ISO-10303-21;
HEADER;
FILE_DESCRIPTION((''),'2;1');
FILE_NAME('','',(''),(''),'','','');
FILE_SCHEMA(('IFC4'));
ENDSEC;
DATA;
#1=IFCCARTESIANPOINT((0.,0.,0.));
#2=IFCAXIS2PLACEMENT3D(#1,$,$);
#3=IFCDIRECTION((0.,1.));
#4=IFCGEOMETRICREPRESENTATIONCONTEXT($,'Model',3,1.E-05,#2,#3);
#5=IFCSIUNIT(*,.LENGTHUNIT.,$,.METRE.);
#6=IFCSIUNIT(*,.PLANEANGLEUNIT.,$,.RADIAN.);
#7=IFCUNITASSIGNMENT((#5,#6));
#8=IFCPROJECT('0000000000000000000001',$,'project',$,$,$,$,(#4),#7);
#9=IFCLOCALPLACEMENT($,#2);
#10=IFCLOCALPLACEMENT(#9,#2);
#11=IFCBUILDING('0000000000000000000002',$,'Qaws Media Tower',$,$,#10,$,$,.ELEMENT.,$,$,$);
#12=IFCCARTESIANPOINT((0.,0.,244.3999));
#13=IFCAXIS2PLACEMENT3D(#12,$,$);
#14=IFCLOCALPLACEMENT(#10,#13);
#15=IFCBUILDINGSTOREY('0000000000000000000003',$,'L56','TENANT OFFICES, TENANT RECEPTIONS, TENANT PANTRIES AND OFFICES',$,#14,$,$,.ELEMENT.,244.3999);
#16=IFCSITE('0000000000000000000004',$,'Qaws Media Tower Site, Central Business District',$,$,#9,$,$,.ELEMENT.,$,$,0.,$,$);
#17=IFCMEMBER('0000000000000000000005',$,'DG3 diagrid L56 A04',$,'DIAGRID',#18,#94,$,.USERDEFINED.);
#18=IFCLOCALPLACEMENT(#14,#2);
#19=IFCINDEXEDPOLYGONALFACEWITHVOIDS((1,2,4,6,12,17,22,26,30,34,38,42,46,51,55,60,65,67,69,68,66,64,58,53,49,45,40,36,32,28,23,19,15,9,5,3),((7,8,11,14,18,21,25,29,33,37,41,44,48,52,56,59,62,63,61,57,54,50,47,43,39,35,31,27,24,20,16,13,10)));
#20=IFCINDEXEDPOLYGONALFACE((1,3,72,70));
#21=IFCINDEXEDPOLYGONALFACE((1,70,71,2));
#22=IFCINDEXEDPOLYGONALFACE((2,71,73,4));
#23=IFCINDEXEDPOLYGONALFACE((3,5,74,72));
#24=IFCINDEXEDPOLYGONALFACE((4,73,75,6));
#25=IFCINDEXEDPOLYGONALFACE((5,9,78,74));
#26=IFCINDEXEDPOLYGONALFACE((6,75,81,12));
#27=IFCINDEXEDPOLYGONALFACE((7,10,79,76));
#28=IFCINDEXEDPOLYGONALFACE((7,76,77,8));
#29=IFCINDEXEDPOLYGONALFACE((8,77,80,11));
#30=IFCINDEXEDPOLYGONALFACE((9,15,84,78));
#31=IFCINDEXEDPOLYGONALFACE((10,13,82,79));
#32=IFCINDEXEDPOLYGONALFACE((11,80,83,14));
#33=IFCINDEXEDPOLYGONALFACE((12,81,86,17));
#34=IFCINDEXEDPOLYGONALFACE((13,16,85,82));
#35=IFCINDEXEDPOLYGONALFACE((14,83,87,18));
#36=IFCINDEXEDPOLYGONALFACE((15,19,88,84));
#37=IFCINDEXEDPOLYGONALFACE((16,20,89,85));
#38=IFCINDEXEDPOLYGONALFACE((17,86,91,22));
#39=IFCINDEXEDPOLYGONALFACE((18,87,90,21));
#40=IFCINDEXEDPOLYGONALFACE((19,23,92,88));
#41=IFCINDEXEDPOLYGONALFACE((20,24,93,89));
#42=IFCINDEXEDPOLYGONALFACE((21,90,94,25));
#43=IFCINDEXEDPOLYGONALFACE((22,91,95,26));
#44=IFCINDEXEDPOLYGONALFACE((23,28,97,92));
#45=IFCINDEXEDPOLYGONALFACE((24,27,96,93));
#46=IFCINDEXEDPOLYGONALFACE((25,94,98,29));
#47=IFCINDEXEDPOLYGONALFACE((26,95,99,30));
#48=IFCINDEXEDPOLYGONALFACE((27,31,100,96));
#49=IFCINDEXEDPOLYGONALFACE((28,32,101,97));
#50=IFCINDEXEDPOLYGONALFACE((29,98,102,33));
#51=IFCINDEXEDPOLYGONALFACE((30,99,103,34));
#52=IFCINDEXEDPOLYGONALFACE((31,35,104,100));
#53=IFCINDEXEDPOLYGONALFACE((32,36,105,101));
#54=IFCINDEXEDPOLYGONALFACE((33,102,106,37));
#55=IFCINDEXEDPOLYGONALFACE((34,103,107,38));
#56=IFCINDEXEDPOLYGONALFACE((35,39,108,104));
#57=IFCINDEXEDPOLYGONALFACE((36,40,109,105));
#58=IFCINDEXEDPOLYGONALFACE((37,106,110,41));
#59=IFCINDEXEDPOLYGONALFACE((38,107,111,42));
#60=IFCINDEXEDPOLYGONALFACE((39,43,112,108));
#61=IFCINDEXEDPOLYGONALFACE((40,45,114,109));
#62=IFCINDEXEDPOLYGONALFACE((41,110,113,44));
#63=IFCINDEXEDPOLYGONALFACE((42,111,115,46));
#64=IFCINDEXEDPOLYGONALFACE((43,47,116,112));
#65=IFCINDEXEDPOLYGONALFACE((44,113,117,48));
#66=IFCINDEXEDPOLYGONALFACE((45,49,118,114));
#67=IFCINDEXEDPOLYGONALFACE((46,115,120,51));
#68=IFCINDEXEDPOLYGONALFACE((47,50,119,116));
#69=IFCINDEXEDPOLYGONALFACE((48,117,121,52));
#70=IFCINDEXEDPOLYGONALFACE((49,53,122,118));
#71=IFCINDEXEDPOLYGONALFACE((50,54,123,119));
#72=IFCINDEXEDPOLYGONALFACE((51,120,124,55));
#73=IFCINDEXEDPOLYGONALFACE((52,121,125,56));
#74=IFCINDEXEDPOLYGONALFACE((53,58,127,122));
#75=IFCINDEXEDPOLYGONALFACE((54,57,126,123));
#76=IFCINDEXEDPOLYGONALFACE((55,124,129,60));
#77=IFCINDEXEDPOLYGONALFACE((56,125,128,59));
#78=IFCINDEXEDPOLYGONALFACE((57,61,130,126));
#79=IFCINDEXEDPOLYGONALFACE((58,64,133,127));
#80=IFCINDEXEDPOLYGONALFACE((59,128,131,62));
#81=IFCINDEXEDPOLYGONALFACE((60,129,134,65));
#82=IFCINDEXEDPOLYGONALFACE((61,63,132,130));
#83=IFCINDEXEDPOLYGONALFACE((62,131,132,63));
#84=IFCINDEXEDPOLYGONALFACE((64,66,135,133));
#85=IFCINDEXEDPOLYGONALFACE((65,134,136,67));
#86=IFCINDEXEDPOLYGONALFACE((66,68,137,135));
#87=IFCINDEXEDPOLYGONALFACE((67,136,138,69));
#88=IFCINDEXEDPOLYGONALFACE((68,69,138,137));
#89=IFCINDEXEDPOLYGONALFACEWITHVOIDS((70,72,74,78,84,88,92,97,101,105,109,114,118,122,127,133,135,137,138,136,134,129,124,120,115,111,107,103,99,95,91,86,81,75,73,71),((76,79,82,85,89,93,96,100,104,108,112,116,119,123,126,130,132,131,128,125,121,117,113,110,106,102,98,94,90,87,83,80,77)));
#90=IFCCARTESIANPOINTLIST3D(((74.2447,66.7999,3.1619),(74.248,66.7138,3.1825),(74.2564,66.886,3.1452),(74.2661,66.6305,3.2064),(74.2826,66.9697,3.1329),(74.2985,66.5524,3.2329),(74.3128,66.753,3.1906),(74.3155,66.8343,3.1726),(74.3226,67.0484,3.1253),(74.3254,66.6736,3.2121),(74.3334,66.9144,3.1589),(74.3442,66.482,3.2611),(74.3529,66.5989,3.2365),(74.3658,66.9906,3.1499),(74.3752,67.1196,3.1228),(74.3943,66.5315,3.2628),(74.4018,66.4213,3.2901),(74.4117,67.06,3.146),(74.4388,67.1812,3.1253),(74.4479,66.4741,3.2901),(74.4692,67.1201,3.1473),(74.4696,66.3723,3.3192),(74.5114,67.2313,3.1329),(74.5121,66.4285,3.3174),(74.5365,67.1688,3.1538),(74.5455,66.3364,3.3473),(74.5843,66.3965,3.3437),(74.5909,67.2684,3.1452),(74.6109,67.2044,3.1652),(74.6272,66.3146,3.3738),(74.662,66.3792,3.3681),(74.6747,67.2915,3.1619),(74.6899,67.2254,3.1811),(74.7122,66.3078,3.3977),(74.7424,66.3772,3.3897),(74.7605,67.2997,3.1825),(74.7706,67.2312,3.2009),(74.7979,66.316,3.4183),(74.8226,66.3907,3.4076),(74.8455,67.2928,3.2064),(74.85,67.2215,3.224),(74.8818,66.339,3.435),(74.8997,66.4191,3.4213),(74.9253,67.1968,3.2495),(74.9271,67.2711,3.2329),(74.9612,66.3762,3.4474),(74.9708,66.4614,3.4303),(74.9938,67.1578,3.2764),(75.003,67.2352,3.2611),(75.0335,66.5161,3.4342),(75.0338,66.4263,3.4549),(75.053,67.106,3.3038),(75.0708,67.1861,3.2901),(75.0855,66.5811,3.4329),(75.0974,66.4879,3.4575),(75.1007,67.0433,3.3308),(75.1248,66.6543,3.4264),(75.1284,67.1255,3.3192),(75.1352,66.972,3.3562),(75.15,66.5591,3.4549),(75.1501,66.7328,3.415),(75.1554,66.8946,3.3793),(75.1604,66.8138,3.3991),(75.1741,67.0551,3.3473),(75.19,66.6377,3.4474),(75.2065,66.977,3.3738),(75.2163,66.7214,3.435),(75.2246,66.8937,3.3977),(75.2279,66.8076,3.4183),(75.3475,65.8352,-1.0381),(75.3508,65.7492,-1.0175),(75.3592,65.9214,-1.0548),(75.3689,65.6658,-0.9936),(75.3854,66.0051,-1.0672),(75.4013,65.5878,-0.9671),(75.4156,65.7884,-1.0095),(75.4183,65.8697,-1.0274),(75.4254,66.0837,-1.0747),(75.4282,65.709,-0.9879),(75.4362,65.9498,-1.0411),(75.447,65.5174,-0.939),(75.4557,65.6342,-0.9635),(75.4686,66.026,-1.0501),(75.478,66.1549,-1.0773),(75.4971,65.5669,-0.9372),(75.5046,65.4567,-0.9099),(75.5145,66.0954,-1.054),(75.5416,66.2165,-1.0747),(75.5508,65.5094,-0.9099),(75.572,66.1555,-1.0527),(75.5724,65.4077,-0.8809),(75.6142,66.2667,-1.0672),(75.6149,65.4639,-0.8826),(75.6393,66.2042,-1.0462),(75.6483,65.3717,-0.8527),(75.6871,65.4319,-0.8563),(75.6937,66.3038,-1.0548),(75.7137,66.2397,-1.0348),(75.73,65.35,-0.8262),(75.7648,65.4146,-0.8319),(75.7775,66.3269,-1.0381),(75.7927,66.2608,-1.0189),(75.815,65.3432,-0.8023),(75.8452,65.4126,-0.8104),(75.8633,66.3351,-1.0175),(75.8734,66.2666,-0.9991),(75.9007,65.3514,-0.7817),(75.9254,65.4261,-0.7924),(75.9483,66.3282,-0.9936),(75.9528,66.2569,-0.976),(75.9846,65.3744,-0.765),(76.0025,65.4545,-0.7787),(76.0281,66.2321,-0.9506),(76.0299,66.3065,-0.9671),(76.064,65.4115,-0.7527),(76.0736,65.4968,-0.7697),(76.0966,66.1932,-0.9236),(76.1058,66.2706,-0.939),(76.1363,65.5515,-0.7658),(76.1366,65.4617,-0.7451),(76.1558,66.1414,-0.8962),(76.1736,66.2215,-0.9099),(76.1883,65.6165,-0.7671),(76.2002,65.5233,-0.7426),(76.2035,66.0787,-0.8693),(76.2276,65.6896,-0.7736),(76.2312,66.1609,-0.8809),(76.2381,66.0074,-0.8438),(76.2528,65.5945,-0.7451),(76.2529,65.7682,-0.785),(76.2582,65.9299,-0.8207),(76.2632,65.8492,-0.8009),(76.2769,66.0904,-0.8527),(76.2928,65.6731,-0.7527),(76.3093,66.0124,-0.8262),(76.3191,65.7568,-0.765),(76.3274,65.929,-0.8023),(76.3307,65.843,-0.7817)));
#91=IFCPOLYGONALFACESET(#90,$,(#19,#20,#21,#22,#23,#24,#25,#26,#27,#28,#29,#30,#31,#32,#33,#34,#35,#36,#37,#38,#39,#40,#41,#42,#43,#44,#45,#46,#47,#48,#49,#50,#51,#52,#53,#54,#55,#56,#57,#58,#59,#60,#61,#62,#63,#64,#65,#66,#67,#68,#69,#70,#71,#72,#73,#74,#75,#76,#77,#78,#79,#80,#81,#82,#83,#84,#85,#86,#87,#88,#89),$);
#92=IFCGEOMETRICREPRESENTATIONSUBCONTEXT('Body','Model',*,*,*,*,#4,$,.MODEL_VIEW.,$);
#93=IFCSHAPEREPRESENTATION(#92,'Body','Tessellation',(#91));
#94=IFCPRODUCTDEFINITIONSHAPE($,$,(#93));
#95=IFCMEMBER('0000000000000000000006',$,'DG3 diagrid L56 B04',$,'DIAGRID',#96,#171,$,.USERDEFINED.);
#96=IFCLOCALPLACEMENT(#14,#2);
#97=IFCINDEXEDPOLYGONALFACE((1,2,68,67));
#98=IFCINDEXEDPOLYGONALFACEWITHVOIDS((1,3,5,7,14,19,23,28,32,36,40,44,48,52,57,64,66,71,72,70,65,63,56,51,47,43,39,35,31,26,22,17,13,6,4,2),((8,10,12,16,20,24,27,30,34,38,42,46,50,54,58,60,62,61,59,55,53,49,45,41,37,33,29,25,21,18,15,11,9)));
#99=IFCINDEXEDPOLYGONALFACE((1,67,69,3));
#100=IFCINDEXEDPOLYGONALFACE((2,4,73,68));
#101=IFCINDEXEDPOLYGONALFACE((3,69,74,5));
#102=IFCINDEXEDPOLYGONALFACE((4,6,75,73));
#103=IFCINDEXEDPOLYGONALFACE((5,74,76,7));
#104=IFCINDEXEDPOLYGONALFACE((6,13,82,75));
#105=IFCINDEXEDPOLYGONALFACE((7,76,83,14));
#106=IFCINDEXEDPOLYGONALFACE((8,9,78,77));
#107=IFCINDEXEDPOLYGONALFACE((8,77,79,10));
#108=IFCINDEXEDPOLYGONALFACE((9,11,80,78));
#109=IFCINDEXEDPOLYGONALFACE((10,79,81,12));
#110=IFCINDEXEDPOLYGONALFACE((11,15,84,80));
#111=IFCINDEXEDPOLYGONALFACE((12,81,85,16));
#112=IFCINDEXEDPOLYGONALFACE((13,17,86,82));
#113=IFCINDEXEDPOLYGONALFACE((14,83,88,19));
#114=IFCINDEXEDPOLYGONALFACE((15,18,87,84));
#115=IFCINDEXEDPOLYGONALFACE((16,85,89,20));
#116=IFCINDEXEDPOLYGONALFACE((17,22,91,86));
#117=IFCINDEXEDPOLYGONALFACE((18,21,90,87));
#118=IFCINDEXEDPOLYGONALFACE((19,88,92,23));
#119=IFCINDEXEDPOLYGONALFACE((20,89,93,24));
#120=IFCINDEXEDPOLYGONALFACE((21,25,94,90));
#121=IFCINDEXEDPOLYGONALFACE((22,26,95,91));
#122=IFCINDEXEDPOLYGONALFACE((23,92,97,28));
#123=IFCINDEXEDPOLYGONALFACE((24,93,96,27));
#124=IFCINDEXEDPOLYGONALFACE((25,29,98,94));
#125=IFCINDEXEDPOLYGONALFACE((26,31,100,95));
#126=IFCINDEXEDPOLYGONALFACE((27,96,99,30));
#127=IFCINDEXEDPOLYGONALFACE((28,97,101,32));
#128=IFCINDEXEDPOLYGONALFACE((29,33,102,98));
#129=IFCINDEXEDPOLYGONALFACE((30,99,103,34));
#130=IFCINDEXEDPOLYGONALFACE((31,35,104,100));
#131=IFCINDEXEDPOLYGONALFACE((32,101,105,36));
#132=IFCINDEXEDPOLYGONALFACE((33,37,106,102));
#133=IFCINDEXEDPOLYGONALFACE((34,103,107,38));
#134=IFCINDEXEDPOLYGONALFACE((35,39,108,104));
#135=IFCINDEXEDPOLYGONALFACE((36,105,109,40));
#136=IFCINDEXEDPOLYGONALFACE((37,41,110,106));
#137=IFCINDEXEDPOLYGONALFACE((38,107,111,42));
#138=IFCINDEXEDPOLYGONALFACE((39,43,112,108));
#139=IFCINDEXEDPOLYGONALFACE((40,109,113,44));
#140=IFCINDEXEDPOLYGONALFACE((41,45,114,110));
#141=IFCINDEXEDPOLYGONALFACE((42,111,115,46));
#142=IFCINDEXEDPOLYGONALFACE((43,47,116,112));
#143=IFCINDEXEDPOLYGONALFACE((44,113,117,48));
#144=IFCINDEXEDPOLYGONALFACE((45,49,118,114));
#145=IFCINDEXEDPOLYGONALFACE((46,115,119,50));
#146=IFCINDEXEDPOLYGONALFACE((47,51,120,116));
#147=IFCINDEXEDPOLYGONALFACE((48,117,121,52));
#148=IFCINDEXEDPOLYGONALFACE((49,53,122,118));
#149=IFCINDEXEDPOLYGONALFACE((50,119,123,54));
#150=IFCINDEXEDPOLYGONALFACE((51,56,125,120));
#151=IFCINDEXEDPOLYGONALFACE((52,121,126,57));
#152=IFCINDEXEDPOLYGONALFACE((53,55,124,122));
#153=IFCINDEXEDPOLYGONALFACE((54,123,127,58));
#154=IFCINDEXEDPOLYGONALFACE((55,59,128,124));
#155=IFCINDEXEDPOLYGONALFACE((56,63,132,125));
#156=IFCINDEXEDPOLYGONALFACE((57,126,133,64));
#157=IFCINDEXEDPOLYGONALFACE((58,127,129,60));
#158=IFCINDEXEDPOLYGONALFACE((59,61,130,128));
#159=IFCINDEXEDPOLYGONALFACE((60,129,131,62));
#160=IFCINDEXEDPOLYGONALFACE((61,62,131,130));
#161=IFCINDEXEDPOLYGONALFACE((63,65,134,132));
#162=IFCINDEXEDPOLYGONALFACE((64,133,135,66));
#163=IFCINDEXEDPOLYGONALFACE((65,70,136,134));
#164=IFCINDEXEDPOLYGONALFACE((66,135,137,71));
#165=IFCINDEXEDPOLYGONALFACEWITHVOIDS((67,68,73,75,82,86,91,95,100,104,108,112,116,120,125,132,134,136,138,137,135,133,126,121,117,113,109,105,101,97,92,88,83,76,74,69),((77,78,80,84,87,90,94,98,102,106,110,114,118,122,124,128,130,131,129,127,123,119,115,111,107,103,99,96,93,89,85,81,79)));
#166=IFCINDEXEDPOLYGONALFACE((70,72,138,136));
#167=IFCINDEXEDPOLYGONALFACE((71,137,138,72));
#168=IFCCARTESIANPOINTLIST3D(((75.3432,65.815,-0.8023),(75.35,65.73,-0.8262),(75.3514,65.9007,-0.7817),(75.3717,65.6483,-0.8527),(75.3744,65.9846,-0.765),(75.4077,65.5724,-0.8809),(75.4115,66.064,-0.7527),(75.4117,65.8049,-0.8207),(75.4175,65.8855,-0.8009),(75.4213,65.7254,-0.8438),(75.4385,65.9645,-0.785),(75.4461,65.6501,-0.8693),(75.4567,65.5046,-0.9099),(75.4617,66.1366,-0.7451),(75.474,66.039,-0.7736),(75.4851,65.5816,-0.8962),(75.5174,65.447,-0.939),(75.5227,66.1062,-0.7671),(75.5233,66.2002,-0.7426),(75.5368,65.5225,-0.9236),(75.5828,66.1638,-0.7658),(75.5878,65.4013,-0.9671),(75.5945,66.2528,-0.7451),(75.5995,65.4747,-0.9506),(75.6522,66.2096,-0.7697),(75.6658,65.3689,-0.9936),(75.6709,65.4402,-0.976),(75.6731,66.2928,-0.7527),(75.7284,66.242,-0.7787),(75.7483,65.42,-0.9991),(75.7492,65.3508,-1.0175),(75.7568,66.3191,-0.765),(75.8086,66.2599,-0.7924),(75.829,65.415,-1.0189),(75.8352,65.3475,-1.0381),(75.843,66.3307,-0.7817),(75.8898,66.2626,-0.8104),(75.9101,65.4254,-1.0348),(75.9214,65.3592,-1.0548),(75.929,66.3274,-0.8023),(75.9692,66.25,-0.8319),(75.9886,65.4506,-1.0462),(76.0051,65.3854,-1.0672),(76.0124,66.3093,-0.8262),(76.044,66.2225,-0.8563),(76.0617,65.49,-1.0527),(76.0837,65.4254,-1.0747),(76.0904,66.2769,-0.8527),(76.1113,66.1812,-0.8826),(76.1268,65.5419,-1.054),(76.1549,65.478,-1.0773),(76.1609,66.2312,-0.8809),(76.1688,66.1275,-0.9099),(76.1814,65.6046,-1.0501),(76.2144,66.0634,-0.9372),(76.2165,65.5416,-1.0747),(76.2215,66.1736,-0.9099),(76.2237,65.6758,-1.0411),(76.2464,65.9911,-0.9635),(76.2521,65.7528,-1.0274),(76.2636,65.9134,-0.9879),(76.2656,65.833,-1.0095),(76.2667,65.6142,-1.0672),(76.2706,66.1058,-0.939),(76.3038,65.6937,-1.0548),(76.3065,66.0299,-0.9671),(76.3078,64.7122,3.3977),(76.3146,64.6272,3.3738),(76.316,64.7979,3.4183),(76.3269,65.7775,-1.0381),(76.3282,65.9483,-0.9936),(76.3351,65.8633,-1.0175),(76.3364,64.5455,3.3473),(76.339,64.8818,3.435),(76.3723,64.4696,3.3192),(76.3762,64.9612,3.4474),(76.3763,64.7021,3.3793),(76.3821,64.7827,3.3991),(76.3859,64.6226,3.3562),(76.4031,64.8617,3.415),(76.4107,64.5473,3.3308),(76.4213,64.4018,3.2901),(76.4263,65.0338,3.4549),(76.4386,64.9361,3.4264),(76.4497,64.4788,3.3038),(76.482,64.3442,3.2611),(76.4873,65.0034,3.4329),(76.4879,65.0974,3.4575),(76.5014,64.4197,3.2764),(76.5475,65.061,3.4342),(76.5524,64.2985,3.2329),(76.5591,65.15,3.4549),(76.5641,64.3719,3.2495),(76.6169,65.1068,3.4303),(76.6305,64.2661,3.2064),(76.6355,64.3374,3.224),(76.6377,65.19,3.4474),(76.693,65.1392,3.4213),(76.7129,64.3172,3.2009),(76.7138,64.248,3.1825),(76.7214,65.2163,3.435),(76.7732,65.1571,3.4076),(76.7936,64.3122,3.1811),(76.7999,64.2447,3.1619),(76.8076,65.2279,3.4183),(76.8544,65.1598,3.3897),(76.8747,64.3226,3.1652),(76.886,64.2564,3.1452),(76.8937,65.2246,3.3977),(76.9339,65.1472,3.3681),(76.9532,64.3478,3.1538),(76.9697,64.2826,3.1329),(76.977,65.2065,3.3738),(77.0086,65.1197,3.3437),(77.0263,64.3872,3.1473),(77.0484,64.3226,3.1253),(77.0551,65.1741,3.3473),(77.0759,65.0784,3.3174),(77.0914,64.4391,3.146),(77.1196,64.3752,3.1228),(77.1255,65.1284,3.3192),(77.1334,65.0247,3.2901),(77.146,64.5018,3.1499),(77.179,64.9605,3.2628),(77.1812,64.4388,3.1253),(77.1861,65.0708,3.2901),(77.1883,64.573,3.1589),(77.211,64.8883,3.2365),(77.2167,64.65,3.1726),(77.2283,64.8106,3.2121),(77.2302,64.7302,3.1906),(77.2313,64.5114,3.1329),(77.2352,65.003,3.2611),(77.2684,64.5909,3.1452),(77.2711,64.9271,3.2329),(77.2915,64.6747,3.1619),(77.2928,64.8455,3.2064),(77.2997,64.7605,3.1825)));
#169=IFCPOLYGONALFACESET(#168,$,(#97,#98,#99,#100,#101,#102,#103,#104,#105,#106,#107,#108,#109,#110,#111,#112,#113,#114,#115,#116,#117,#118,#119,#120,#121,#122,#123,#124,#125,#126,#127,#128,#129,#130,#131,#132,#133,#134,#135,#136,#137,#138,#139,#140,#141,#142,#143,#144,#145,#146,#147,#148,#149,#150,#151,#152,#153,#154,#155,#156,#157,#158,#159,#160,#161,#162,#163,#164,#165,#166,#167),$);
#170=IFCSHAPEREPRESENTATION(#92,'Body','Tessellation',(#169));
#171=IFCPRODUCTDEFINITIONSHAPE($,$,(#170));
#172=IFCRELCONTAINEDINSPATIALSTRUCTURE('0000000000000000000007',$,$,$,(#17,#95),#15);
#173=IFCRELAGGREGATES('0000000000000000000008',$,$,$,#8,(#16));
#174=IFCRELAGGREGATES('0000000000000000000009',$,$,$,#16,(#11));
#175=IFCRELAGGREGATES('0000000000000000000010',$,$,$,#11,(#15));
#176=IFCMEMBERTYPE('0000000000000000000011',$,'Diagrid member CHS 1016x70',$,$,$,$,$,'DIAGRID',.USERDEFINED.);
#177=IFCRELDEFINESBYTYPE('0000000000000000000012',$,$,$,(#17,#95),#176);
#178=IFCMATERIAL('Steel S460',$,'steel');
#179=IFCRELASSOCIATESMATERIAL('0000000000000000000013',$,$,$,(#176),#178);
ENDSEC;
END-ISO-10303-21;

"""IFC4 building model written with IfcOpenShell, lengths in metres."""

from ifc_helpers import new_model, si_unit, direction, frame, origin, origin_2d, place, context, subcontext, project, spatial, hollow_circle, extrude, material, material_profile, profile_set, type_object, element, save


model = new_model("IFC4")

# Units and contexts
model_context = context("Model", 3, precision=1e-05, world=origin(), true_north=direction((0.0, 1.0)))
body_context = subcontext(model_context, "Body", "Model", "MODEL_VIEW")
ifc_project = project(units=[si_unit("LENGTHUNIT", "METRE"), si_unit("PLANEANGLEUNIT", "RADIAN")], contexts=[model_context])

# Site, building, storey
site_placement = place(None, origin())
site = spatial("IfcSite", under=ifc_project, at=site_placement, Name="Qaws Media Tower Site, Central Business District", CompositionType="ELEMENT", RefElevation=0.0)
building_placement = place(site_placement, origin())
building = spatial("IfcBuilding", under=site, at=building_placement, Name="Qaws Media Tower", CompositionType="ELEMENT")
storey_placement = place(building_placement, frame((0.0, 0.0, 244.3999)))
storey = spatial("IfcBuildingStorey", under=building, at=storey_placement, Name="L56", Description="TENANT OFFICES, TENANT RECEPTIONS, TENANT PANTRIES AND OFFICES", CompositionType="ELEMENT", Elevation=244.3999)

# Members
ifc_material_1 = material(Name="Steel S460", Category="steel")
ifc_material_profile_1 = material_profile(ifc_material_1, hollow_circle(Radius=0.5081, WallThickness=0.0701, at=origin_2d()), Name="CHS 1016x70")
ifc_profile_set_1 = profile_set([ifc_material_profile_1], Name="Steel S460")
member_type_1 = type_object("IfcMemberType", Name="Diagrid member CHS 1016x70", ElementType="DIAGRID", PredefinedType="USERDEFINED", material=ifc_profile_set_1)
for number, where, z_axis, x_axis, name in (
    (1, (75.8391, 65.8391, -0.9099), (-0.247919, 0.216853, 0.944199), (-0.658375, -0.75269, 0.0), "DG3 diagrid L56 A04"),
    (2, (75.8391, 65.8391, -0.9099), (0.216853, -0.247919, 0.944199), (0.75269, 0.658375, 0.0), "DG3 diagrid L56 B04"),
):
    element("IfcMember", number, at=place(storey_placement, frame(where, z_axis=z_axis, x_axis=x_axis)), inside=storey, type_object=member_type_1, Name=name, ObjectType="DIAGRID", PredefinedType="USERDEFINED", context=body_context, shape_type="SweptSolid", body=[
        extrude(hollow_circle(Radius=0.5081, WallThickness=0.0701, at=origin_2d()), origin(), (0.0, 0.0, 1.0), 4.4482),
    ])

save(model, "model.ifc")
